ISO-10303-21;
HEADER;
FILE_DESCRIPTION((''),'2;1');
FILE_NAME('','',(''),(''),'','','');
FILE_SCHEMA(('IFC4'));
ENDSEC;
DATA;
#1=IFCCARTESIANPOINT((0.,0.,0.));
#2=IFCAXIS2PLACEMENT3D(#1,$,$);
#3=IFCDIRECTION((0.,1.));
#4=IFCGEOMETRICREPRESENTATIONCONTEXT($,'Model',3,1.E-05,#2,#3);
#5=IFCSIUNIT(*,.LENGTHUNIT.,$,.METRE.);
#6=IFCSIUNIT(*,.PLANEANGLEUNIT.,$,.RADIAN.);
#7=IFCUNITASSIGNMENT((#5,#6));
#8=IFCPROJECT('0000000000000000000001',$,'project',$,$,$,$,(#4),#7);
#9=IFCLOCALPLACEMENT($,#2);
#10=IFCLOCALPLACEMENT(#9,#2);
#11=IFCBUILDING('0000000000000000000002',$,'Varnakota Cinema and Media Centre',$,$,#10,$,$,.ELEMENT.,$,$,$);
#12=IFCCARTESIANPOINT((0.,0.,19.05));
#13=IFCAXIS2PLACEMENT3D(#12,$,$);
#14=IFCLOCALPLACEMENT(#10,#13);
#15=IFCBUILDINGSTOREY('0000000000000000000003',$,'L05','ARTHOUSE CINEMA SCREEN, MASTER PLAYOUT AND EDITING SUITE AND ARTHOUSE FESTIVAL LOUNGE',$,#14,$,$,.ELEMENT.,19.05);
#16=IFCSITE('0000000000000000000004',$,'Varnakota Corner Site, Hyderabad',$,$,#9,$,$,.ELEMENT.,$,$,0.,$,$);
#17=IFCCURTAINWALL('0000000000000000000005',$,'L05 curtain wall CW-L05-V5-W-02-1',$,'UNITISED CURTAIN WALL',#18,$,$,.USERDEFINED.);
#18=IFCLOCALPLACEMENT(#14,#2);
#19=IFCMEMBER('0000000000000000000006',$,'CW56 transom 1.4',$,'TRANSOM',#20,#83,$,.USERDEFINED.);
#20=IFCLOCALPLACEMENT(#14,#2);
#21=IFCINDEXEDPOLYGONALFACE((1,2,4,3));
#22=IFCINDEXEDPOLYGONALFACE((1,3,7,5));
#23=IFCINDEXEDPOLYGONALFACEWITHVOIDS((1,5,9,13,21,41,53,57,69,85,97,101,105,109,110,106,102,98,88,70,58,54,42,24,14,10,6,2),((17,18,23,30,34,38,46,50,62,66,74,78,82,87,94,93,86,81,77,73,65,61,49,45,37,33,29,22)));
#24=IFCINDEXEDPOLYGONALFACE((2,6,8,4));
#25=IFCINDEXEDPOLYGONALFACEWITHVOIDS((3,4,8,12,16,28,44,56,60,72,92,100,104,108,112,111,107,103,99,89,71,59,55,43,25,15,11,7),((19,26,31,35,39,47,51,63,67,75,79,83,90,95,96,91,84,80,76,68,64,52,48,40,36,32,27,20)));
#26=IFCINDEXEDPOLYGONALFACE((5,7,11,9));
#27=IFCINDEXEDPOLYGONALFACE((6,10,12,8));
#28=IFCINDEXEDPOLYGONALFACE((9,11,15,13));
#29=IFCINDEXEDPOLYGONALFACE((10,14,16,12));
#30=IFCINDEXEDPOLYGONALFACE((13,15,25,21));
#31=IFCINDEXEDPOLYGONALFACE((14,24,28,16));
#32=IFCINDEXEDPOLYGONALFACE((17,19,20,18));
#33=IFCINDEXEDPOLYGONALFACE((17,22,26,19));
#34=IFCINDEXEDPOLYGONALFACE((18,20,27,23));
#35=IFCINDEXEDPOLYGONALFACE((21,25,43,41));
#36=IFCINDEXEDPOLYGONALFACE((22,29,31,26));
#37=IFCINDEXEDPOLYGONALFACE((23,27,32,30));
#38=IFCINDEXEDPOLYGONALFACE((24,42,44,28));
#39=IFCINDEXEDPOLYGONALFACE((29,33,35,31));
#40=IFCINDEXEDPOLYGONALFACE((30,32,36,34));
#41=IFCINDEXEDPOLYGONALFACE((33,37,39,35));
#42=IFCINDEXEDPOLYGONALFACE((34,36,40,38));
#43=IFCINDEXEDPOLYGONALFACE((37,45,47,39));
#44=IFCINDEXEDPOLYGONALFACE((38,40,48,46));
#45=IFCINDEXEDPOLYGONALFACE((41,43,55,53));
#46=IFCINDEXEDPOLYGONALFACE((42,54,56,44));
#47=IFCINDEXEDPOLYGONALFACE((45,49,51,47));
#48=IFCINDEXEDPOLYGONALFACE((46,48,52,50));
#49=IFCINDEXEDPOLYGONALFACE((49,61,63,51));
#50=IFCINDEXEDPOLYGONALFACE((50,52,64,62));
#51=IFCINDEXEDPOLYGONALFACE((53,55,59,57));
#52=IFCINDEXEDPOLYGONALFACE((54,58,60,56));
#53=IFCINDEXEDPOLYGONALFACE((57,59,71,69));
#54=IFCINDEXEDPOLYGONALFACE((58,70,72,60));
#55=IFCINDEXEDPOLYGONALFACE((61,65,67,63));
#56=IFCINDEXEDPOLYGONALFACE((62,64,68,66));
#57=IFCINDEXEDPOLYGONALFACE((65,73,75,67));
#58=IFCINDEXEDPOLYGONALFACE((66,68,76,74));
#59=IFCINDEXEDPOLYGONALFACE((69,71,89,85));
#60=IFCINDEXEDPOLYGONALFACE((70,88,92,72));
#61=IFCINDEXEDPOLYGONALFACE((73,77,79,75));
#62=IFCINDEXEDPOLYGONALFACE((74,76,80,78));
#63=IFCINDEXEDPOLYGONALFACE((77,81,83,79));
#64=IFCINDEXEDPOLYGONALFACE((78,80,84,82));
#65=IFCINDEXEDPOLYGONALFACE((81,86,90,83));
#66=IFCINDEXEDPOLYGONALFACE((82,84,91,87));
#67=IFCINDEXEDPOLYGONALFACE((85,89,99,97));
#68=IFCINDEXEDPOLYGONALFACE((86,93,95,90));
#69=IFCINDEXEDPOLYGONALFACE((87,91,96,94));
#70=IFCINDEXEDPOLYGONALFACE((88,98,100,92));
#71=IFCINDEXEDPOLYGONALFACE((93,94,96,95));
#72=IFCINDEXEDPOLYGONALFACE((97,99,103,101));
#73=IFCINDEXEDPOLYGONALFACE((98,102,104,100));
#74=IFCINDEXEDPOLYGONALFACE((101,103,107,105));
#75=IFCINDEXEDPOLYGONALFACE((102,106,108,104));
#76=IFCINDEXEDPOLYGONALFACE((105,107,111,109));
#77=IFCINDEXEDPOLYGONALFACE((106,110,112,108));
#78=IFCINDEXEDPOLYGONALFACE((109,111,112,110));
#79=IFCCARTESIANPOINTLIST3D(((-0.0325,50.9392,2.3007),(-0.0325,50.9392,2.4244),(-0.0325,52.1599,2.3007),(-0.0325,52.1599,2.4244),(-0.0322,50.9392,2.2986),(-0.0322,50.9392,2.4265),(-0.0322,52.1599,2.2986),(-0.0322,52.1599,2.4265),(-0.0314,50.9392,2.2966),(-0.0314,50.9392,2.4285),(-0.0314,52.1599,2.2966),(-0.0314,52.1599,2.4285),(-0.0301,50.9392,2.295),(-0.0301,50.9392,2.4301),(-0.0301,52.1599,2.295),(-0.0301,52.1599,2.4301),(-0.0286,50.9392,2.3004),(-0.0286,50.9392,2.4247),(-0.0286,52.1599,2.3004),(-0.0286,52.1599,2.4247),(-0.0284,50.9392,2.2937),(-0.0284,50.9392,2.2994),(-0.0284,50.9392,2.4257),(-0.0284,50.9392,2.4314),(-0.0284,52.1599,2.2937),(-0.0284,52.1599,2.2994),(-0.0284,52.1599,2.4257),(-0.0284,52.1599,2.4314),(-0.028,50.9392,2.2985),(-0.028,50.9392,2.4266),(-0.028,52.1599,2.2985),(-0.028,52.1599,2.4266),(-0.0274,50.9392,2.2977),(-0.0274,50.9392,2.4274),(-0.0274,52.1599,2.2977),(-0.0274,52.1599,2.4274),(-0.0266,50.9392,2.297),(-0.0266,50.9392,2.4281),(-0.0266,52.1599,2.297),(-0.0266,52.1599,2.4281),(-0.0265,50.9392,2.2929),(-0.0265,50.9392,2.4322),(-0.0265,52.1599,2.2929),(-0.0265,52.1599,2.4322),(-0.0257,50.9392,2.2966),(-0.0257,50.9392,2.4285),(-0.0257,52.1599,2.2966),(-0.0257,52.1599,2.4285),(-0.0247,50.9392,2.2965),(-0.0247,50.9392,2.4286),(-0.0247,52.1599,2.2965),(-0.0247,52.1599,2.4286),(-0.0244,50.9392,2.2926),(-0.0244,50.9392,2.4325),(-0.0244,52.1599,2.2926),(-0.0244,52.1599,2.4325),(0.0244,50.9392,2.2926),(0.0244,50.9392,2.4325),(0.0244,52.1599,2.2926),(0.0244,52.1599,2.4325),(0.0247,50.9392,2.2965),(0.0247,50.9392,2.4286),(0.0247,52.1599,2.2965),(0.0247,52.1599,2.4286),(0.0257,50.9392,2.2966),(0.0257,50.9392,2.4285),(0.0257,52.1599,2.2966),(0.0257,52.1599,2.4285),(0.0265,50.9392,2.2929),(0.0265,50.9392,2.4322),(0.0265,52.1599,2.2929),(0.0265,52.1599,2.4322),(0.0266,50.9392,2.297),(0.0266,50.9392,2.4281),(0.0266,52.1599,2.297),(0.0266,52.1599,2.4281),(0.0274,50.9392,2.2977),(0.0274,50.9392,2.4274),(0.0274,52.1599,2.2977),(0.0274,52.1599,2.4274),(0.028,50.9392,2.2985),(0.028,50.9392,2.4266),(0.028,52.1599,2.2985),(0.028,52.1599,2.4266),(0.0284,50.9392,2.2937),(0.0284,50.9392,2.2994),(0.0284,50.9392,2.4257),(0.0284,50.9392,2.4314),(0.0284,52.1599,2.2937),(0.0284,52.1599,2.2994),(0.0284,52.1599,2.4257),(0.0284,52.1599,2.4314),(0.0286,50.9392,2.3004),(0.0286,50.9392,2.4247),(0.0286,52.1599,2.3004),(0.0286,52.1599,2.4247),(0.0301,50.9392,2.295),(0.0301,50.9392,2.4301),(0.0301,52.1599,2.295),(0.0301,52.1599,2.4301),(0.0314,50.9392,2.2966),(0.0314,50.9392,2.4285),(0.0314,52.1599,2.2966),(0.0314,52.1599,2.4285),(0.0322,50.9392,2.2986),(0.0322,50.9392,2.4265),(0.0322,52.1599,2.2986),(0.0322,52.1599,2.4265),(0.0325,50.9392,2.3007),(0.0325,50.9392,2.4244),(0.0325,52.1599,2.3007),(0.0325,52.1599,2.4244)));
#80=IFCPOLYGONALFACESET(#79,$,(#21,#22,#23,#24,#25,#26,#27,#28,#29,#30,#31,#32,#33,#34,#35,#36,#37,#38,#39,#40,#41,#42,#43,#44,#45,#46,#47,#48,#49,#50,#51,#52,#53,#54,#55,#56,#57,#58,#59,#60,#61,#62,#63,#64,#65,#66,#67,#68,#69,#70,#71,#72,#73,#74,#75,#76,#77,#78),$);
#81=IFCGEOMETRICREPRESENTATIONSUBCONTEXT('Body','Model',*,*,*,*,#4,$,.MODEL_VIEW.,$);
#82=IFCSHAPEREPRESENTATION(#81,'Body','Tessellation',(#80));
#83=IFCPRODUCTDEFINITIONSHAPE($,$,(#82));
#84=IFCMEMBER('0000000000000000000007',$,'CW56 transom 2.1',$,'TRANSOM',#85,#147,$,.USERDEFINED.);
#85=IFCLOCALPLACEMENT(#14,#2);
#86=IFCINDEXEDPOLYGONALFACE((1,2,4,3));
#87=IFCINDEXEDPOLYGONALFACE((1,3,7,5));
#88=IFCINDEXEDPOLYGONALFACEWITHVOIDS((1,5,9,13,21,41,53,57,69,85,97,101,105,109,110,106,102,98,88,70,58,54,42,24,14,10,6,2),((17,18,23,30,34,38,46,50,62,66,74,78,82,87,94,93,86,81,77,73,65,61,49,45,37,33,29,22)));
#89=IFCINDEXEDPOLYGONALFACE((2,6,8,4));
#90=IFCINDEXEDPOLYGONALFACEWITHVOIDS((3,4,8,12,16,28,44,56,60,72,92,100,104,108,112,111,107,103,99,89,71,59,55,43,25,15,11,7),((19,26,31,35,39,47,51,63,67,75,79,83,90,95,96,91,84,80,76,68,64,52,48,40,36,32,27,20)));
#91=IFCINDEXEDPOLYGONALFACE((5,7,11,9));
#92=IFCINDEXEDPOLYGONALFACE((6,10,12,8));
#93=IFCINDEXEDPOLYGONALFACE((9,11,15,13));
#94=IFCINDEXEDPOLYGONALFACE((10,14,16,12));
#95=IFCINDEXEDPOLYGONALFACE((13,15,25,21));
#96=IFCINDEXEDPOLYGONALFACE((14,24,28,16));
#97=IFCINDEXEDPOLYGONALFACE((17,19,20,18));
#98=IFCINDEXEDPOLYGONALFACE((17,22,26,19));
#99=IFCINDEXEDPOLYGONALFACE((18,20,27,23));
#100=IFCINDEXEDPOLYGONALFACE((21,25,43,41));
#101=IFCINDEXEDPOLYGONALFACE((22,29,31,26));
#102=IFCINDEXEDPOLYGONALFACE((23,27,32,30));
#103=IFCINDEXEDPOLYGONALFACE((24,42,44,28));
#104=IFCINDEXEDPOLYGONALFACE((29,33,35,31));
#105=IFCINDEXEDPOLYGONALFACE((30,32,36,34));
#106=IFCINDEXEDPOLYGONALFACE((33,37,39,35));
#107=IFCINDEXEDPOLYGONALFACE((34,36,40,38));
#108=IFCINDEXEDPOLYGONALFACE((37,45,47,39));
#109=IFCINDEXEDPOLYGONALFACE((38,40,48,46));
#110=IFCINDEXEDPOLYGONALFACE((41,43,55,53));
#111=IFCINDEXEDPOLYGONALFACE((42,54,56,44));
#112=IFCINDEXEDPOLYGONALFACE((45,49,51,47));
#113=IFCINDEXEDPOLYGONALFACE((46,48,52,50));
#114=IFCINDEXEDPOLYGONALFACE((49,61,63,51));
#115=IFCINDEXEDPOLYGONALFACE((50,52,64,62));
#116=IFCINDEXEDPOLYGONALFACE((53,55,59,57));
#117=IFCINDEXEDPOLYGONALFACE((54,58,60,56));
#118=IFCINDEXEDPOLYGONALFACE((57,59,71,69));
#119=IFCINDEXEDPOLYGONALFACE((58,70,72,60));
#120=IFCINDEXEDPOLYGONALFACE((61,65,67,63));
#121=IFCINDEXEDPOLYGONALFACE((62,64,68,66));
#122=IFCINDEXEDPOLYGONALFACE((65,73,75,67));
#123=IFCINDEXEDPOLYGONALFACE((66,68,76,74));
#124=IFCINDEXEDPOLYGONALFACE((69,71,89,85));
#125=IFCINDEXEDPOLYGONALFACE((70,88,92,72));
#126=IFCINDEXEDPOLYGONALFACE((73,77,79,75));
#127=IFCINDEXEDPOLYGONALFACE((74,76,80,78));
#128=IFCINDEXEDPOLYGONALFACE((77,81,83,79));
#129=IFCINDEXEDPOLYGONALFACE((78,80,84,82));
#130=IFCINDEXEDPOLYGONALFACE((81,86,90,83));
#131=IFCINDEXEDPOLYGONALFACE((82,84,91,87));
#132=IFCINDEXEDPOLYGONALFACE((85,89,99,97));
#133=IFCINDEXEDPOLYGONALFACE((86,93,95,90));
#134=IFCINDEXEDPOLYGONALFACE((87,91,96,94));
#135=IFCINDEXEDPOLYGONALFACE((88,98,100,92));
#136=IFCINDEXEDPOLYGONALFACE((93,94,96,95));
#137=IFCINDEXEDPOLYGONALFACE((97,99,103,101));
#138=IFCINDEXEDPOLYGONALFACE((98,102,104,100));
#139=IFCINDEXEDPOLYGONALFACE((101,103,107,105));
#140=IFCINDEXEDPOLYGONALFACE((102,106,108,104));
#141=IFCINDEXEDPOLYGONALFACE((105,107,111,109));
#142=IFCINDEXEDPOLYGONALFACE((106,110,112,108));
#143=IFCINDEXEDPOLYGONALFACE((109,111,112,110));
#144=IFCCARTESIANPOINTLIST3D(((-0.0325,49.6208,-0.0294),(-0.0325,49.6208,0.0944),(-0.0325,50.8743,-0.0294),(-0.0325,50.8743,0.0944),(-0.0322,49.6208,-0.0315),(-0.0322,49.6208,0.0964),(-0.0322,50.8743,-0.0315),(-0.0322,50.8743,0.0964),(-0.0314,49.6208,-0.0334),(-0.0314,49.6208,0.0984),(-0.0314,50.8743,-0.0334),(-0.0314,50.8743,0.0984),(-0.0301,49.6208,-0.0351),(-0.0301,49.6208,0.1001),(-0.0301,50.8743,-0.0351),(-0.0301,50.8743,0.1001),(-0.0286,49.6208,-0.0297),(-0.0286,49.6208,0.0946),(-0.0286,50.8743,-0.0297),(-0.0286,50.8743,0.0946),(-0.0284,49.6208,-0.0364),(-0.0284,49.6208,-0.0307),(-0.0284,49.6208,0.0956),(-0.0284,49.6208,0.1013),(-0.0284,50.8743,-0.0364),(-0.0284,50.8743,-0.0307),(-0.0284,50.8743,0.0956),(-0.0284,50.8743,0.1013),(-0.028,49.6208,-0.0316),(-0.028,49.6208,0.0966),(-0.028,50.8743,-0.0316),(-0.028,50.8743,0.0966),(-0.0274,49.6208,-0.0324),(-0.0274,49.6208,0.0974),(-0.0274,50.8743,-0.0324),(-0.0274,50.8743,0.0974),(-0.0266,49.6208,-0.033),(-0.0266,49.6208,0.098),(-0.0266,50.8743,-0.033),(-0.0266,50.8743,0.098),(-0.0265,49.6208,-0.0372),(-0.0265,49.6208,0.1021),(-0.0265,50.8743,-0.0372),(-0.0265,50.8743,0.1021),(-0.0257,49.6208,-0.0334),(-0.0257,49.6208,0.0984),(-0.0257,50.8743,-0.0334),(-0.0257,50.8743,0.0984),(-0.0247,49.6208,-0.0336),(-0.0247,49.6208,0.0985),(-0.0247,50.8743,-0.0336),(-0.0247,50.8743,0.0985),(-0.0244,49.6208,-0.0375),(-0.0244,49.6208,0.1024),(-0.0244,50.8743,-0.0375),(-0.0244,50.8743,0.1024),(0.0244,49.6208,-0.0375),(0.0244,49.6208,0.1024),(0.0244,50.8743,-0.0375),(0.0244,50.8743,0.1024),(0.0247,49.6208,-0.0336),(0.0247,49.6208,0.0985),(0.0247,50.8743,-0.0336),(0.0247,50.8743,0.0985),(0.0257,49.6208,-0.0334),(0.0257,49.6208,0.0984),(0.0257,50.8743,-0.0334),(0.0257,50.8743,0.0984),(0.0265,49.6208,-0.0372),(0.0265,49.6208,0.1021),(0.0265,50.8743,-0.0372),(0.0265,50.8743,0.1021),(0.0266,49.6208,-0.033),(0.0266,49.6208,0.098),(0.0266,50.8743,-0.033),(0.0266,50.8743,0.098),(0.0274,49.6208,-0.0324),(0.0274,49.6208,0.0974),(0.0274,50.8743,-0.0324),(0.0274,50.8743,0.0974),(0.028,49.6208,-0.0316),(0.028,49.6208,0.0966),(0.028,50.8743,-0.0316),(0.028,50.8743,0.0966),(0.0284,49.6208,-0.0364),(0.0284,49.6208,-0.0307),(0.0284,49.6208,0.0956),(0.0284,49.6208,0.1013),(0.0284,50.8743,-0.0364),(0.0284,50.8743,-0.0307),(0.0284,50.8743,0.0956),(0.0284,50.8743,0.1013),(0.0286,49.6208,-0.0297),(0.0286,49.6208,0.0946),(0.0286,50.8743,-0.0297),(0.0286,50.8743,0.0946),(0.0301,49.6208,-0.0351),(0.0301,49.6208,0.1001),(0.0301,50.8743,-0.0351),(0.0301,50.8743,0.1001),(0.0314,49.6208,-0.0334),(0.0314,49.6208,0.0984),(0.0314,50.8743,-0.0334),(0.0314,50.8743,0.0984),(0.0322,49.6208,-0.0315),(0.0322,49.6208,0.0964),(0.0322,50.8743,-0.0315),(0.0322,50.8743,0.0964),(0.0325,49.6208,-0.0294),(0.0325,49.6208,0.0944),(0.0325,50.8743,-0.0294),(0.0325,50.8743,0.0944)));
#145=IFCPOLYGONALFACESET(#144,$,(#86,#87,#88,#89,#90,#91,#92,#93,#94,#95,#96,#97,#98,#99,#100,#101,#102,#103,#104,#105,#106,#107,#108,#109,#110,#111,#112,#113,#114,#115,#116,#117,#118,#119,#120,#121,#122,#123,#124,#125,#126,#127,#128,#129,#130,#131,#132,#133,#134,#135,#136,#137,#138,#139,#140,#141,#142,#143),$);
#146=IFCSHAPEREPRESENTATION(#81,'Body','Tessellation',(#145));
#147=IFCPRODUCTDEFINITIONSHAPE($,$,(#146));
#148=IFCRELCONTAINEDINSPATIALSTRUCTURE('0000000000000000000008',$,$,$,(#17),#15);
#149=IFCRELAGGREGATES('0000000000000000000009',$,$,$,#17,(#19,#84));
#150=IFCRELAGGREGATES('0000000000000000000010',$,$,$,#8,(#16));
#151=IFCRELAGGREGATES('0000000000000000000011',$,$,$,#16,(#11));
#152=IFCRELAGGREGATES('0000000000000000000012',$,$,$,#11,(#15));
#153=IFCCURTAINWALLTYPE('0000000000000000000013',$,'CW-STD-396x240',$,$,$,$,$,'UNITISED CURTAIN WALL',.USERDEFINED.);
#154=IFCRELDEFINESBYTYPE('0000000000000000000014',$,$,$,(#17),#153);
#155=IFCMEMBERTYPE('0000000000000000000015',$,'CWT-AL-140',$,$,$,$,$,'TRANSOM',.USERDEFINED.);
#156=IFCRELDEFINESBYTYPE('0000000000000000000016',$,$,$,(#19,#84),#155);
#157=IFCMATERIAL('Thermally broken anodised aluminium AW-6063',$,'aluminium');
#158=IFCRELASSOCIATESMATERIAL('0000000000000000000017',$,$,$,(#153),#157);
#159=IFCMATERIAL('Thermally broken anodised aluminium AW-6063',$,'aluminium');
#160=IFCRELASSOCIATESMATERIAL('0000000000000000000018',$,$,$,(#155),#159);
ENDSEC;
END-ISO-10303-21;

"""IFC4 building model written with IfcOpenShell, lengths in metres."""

from ifc_helpers import new_model, si_unit, direction, frame, origin, origin_2d, place, context, subcontext, project, spatial, hollow_rectangle, extrude, material, material_profile, profile_set, type_object, element, aggregate, save


model = new_model("IFC4")

# Units and contexts
model_context = context("Model", 3, precision=1e-05, world=origin(), true_north=direction((0.0, 1.0)))
body_context = subcontext(model_context, "Body", "Model", "MODEL_VIEW")
ifc_project = project(units=[si_unit("LENGTHUNIT", "METRE"), si_unit("PLANEANGLEUNIT", "RADIAN")], contexts=[model_context])

# Site, building, storey
site_placement = place(None, origin())
site = spatial("IfcSite", under=ifc_project, at=site_placement, Name="Varnakota Corner Site, Hyderabad", CompositionType="ELEMENT", RefElevation=0.0)
building_placement = place(site_placement, origin())
building = spatial("IfcBuilding", under=site, at=building_placement, Name="Varnakota Cinema and Media Centre", CompositionType="ELEMENT")
storey_placement = place(building_placement, frame((0.0, 0.0, 19.05)))
storey = spatial("IfcBuildingStorey", under=building, at=storey_placement, Name="L05", Description="ARTHOUSE CINEMA SCREEN, MASTER PLAYOUT AND EDITING SUITE AND ARTHOUSE FESTIVAL LOUNGE", CompositionType="ELEMENT", Elevation=19.05)

# Curtain wall, members
ifc_material_1 = material(Name="Thermally broken anodised aluminium AW-6063", Category="aluminium")
curtain_wall_type = type_object("IfcCurtainWallType", Name="CW-STD-396x240", ElementType="UNITISED CURTAIN WALL", PredefinedType="USERDEFINED", material=ifc_material_1)
curtain_wall_placement = place(storey_placement, origin())
curtain_wall = element("IfcCurtainWall", 1, at=curtain_wall_placement, inside=storey, type_object=curtain_wall_type, Name="L05 curtain wall CW-L05-V5-W-02-1", ObjectType="UNITISED CURTAIN WALL", PredefinedType="USERDEFINED")
ifc_material_2 = material(Name="Thermally broken anodised aluminium AW-6063", Category="aluminium")
ifc_material_profile_1 = material_profile(ifc_material_2, hollow_rectangle(XDim=0.0649, YDim=0.1399, WallThickness=0.0039, InnerFilletRadius=0.0039, OuterFilletRadius=0.0081, at=origin_2d()), Name="AL-TRANSOM 140x65x4")
ifc_profile_set_1 = profile_set([ifc_material_profile_1], Name="Thermally broken anodised aluminium AW-6063")
member_type_1 = type_object("IfcMemberType", Name="CWT-AL-140", ElementType="TRANSOM", PredefinedType="USERDEFINED", material=ifc_profile_set_1)
member_1_placement = place(storey_placement, frame((0.0, 52.1599, 2.3625), z_axis=(0.0, -1.0, 0.0), x_axis=(1.0, 0.0, 0.0)))
member_1 = element("IfcMember", 2, at=member_1_placement, type_object=member_type_1, Name="CW56 transom 1.4", ObjectType="TRANSOM", PredefinedType="USERDEFINED", context=body_context, shape_type="SweptSolid", body=[
    extrude(hollow_rectangle(XDim=0.0649, YDim=0.1399, WallThickness=0.0039, InnerFilletRadius=0.0039, OuterFilletRadius=0.0081, at=origin_2d()), origin(), (0.0, 0.0, 1.0), 1.2207),
])
member_2_placement = place(storey_placement, frame((0.0, 50.8743, 0.0325), z_axis=(0.0, -1.0, 0.0), x_axis=(1.0, 0.0, 0.0)))
member_2 = element("IfcMember", 3, at=member_2_placement, type_object=member_type_1, Name="CW56 transom 2.1", ObjectType="TRANSOM", PredefinedType="USERDEFINED", context=body_context, shape_type="SweptSolid", body=[
    extrude(hollow_rectangle(XDim=0.0649, YDim=0.1399, WallThickness=0.0039, InnerFilletRadius=0.0039, OuterFilletRadius=0.0081, at=origin_2d()), origin(), (0.0, 0.0, 1.0), 1.2534),
])
aggregate(curtain_wall, [member_1, member_2])

save(model, "model.ifc")
